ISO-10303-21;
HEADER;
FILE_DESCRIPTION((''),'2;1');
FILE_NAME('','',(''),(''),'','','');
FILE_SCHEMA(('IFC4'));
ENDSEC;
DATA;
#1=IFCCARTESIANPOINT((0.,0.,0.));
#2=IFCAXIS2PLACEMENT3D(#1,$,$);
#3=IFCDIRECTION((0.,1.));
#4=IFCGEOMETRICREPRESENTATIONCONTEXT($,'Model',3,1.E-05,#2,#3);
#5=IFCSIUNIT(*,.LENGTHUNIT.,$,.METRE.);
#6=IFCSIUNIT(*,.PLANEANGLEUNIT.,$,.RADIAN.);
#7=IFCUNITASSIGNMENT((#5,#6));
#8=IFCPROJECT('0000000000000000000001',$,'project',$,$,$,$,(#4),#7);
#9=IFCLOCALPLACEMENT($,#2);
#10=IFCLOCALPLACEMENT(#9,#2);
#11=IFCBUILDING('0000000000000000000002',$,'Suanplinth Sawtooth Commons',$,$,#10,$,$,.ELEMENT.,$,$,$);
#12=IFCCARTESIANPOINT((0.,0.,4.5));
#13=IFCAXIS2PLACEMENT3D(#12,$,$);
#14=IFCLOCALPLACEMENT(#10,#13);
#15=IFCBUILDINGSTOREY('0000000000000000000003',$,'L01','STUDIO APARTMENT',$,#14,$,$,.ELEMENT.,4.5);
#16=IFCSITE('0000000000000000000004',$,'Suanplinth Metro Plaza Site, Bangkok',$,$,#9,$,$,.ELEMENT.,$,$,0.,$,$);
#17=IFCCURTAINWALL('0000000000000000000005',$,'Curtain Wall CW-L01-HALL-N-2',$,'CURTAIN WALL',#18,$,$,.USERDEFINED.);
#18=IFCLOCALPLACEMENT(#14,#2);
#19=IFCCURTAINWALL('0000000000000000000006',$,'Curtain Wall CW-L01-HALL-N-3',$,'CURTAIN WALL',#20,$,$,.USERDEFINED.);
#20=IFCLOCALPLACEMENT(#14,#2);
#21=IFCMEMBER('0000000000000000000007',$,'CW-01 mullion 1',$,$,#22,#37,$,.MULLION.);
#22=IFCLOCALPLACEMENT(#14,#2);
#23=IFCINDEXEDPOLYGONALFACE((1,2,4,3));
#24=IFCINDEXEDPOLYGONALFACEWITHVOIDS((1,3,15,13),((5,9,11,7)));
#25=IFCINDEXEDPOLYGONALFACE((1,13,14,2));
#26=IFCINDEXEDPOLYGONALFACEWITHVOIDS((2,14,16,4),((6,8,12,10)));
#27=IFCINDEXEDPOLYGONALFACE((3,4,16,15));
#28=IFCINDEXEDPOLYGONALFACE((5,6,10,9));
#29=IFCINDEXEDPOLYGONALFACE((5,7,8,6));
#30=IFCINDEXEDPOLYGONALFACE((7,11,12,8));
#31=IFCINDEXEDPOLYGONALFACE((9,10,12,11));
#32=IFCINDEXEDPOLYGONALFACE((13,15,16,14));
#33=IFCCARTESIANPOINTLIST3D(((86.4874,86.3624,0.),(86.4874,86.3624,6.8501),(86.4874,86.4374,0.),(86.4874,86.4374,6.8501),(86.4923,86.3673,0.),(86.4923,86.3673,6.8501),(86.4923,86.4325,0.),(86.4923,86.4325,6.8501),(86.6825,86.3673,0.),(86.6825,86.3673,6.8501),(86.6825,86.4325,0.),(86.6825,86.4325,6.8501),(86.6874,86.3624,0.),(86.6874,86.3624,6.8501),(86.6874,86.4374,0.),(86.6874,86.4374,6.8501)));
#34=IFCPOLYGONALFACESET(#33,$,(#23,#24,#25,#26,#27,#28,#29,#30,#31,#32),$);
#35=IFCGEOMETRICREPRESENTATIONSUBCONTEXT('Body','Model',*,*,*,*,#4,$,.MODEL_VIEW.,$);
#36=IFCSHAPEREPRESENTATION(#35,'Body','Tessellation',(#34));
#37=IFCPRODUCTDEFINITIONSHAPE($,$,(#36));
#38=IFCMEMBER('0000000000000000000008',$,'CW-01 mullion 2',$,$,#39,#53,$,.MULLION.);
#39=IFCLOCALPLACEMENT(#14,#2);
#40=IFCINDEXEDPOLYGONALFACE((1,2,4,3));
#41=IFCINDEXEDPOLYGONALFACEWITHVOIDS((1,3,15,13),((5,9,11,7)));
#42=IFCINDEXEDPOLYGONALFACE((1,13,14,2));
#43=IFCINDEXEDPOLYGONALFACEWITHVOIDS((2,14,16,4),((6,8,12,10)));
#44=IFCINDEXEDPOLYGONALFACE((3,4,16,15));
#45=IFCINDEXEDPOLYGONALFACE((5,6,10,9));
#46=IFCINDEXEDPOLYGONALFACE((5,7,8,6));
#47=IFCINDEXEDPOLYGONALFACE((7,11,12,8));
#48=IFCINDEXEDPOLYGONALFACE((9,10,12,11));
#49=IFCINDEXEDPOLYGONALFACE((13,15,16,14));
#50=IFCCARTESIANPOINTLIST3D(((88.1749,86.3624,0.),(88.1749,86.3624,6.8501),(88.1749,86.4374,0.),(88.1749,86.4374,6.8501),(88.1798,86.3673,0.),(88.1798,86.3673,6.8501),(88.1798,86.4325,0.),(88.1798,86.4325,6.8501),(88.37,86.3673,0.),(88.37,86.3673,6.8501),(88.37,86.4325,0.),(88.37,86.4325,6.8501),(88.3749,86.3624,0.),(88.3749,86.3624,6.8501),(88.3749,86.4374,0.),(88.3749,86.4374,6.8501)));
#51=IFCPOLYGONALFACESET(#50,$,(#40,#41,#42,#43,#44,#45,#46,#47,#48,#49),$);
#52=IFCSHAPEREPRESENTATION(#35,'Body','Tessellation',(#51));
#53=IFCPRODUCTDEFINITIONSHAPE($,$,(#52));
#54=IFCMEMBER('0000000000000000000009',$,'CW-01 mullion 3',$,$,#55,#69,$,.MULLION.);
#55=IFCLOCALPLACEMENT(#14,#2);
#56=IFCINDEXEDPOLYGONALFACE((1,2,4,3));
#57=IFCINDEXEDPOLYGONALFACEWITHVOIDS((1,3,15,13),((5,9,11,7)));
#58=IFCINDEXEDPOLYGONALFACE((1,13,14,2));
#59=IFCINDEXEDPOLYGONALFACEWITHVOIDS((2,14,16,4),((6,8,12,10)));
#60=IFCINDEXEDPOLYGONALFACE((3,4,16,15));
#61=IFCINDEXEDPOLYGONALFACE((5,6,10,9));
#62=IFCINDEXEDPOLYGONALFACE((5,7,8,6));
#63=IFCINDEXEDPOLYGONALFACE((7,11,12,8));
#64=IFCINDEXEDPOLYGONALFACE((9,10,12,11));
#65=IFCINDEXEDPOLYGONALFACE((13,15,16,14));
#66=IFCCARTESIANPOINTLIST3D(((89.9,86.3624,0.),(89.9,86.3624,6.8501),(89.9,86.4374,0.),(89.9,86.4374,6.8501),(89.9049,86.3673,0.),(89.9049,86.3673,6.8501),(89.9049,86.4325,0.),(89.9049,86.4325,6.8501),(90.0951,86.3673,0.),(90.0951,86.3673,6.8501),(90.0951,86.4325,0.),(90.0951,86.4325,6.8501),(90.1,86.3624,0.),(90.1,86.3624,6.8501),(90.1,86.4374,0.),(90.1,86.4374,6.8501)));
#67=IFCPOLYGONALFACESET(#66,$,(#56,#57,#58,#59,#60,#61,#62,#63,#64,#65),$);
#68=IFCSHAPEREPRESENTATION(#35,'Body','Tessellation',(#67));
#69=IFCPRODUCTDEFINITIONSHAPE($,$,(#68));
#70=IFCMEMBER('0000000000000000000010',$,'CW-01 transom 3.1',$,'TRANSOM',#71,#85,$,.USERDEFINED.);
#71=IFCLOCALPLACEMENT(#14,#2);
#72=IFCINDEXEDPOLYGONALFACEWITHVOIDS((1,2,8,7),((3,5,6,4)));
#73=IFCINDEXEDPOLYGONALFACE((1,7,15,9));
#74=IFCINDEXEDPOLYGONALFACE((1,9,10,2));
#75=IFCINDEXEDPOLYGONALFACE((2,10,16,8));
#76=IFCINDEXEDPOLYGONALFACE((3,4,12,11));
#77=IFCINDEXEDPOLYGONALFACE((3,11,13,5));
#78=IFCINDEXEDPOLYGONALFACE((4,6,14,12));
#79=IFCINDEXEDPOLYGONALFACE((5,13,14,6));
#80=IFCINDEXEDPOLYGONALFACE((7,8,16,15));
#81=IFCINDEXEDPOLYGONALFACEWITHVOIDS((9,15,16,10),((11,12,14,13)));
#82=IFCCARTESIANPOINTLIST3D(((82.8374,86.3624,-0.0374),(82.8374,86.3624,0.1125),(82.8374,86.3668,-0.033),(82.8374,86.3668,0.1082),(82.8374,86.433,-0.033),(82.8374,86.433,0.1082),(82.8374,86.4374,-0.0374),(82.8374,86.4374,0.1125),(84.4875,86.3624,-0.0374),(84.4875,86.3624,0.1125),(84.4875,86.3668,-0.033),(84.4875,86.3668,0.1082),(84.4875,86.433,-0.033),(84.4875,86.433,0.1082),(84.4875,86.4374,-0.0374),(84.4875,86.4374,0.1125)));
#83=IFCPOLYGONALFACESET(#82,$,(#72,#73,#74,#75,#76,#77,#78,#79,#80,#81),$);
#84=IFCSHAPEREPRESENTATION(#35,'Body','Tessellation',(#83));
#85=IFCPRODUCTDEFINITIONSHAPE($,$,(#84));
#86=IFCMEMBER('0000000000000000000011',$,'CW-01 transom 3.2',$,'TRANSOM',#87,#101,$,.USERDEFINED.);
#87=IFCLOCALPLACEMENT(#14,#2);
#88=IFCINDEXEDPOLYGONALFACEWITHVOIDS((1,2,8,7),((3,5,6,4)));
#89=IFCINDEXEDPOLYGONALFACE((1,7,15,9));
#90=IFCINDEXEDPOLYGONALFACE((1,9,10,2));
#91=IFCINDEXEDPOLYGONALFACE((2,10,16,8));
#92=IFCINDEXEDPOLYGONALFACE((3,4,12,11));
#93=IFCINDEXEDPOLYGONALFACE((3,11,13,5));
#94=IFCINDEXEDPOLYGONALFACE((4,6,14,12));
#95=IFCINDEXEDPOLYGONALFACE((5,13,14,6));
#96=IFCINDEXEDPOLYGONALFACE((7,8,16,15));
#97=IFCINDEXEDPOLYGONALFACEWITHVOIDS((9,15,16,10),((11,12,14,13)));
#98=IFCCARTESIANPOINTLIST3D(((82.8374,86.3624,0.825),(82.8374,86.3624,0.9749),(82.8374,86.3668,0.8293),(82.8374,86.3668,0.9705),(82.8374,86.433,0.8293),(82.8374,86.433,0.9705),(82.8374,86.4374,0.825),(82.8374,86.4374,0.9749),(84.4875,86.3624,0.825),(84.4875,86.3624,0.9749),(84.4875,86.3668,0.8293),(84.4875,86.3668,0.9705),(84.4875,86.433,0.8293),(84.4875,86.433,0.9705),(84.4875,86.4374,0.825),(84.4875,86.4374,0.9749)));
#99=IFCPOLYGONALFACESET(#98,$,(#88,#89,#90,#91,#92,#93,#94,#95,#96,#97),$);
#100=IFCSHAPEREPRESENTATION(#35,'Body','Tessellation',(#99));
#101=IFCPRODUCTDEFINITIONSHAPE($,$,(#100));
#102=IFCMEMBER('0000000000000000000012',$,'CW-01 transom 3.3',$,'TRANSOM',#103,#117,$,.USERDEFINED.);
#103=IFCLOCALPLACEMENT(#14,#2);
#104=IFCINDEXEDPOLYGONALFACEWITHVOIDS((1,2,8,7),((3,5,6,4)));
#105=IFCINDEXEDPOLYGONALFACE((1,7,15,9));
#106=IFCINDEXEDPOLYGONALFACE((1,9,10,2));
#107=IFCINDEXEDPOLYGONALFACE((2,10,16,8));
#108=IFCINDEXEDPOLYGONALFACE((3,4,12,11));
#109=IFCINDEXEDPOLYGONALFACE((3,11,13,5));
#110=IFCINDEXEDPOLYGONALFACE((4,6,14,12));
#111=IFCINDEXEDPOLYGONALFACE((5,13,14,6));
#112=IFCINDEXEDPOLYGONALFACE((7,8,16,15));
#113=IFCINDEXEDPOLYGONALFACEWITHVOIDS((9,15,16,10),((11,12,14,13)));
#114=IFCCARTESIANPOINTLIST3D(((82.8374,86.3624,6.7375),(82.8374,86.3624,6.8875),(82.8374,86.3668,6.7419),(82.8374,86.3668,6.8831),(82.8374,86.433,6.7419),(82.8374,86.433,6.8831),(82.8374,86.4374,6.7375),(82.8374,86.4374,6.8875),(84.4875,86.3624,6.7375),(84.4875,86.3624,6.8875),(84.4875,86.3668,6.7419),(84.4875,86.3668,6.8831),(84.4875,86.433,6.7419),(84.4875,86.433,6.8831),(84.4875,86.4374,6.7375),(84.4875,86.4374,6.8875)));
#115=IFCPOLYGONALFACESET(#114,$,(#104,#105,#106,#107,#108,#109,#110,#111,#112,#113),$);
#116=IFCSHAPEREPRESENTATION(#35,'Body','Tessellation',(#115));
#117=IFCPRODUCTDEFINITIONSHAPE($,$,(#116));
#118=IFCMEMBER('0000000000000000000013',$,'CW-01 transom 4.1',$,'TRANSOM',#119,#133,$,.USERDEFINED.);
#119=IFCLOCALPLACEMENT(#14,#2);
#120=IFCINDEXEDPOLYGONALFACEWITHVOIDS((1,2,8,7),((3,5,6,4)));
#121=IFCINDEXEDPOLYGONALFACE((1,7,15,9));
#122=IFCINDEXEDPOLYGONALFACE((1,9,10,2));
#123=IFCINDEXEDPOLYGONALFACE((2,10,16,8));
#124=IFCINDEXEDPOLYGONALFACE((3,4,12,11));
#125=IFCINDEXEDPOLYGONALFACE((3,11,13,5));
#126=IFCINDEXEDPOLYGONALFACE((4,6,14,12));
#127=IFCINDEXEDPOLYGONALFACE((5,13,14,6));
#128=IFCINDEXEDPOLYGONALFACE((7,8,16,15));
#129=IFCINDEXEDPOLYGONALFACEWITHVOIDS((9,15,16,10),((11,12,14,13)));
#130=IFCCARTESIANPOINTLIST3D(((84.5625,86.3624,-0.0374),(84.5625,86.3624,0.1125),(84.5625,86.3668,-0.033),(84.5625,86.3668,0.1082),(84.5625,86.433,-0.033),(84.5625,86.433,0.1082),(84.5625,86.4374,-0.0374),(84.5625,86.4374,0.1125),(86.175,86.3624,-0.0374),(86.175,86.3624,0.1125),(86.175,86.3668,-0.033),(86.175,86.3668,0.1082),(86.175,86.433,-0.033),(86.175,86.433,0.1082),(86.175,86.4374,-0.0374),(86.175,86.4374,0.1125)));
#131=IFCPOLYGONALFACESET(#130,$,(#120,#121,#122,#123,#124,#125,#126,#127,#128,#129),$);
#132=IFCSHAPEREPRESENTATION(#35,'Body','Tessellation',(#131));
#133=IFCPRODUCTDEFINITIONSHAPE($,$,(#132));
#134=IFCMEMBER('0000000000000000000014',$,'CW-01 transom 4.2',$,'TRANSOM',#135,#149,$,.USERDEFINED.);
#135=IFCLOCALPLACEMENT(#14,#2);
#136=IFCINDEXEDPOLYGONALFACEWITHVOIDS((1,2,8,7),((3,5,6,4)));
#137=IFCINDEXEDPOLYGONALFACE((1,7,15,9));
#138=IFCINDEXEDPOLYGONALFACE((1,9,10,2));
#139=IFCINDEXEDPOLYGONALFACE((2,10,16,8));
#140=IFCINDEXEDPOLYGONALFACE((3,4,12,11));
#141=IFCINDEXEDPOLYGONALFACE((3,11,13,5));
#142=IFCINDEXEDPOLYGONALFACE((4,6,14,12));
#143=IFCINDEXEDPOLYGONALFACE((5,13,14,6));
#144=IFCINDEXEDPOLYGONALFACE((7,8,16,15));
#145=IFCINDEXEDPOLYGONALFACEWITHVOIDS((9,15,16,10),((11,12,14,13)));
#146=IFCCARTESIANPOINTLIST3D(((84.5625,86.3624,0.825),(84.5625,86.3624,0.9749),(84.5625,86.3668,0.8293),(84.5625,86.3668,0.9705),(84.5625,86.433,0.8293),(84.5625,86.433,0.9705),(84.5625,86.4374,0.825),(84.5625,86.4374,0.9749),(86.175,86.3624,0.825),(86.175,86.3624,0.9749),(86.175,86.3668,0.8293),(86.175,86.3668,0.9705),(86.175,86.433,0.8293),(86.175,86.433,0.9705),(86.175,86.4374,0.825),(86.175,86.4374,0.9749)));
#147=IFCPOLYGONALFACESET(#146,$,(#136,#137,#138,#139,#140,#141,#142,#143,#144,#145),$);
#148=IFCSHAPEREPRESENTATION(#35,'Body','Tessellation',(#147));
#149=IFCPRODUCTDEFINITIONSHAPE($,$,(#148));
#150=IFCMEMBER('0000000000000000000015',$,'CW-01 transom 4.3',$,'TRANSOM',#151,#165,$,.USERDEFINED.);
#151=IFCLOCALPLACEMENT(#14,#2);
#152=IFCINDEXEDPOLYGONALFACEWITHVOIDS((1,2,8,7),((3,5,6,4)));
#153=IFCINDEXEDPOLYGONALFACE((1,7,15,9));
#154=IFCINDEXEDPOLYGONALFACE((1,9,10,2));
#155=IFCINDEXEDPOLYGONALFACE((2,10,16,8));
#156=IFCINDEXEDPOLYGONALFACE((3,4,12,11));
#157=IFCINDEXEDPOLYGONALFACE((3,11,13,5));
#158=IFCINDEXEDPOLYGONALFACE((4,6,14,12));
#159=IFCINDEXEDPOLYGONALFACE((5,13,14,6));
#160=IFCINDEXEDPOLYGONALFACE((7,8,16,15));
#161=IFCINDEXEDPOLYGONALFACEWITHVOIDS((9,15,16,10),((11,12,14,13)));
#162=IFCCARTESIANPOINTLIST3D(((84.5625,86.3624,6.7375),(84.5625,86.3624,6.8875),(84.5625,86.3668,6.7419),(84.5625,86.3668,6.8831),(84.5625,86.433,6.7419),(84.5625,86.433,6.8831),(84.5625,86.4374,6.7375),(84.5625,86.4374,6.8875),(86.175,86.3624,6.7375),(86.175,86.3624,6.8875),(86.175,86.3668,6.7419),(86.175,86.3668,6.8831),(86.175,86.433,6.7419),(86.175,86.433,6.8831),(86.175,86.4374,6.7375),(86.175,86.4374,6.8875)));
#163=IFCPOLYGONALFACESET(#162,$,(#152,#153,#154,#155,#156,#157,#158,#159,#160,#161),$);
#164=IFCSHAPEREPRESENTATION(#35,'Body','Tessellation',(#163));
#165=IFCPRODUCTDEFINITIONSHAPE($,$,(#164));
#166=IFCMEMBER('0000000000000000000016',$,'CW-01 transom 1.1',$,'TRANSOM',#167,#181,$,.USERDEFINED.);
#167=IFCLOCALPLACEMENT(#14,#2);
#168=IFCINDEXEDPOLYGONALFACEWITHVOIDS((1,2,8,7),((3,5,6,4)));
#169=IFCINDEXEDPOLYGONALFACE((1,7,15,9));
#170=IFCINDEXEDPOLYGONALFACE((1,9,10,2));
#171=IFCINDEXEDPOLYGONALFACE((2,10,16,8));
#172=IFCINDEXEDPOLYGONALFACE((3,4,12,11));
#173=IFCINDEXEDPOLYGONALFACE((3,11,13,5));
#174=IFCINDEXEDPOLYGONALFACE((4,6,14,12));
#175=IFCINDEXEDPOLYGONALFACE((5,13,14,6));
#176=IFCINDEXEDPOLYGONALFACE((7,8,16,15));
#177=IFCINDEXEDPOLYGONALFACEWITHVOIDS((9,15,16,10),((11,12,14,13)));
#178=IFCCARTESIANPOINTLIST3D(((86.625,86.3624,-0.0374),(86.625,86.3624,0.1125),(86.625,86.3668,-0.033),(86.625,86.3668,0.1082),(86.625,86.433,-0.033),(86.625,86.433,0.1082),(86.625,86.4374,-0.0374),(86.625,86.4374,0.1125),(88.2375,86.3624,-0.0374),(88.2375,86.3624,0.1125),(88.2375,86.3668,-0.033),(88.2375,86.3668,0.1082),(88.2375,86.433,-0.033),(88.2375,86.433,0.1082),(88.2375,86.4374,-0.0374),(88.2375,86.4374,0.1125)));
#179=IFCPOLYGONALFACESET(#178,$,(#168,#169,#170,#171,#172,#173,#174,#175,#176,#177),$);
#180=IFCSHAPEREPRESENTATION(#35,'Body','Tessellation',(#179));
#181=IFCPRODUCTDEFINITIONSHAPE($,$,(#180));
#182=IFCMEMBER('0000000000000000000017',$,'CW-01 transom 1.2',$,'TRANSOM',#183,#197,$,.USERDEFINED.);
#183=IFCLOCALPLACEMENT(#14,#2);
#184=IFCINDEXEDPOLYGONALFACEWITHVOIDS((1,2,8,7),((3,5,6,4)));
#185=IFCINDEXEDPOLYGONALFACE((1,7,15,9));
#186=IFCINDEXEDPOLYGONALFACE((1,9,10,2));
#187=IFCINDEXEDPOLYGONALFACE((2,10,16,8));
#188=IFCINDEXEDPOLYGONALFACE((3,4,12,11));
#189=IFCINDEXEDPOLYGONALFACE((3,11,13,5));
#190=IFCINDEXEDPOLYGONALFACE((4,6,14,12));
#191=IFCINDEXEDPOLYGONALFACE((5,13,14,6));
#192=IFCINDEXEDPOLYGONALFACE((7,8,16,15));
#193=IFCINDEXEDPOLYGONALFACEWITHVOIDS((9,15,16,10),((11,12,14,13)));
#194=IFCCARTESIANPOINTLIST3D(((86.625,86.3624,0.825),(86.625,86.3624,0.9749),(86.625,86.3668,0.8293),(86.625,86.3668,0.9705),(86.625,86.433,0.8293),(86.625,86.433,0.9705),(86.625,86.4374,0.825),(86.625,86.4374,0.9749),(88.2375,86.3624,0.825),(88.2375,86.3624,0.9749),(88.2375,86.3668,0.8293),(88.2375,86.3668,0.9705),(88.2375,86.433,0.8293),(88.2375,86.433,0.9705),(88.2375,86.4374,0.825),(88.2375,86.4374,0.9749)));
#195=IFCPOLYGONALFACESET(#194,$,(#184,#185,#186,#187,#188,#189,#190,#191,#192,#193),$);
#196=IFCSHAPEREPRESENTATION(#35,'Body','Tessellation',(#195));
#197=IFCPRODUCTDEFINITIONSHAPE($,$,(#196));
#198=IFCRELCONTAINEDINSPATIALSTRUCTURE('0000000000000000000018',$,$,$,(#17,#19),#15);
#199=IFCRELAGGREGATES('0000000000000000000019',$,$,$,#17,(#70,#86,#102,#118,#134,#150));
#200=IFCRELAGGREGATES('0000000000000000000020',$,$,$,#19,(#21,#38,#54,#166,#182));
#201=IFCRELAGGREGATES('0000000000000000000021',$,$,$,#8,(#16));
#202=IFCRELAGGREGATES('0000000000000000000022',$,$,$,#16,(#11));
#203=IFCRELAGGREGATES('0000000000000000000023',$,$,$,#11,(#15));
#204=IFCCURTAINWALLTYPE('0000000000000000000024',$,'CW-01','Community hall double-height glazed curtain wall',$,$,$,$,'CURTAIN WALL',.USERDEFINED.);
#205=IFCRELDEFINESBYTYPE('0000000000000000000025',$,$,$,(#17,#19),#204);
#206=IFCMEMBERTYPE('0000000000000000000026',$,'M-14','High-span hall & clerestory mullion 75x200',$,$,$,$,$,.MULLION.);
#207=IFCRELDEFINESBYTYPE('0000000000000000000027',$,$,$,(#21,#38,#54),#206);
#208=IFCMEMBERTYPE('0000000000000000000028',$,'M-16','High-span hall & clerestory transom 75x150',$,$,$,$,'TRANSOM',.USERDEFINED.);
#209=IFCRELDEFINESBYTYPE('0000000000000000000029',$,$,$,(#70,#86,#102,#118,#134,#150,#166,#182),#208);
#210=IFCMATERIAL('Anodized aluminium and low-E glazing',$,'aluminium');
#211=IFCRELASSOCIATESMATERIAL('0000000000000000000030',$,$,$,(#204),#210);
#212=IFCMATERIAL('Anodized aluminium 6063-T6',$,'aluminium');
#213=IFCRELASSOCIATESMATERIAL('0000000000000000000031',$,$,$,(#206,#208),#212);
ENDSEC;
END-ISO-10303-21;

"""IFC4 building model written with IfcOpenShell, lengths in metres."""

from ifc_helpers import new_model, si_unit, direction, frame, origin, origin_2d, place, context, subcontext, project, spatial, hollow_rectangle, extrude, material, material_profile, profile_set, type_object, element, aggregate, save


model = new_model("IFC4")

# Units and contexts
model_context = context("Model", 3, precision=1e-05, world=origin(), true_north=direction((0.0, 1.0)))
body_context = subcontext(model_context, "Body", "Model", "MODEL_VIEW")
ifc_project = project(units=[si_unit("LENGTHUNIT", "METRE"), si_unit("PLANEANGLEUNIT", "RADIAN")], contexts=[model_context])

# Site, building, storey
site_placement = place(None, origin())
site = spatial("IfcSite", under=ifc_project, at=site_placement, Name="Suanplinth Metro Plaza Site, Bangkok", CompositionType="ELEMENT", RefElevation=0.0)
building_placement = place(site_placement, origin())
building = spatial("IfcBuilding", under=site, at=building_placement, Name="Suanplinth Sawtooth Commons", CompositionType="ELEMENT")
storey_placement = place(building_placement, frame((0.0, 0.0, 4.5)))
storey = spatial("IfcBuildingStorey", under=building, at=storey_placement, Name="L01", Description="STUDIO APARTMENT", CompositionType="ELEMENT", Elevation=4.5)

# Curtain walls, members
ifc_material_1 = material(Name="Anodized aluminium and low-E glazing", Category="aluminium")
curtain_wall_type = type_object("IfcCurtainWallType", Name="CW-01", Description="Community hall double-height glazed curtain wall", ElementType="CURTAIN WALL", PredefinedType="USERDEFINED", material=ifc_material_1)
curtain_wall_1_placement = place(storey_placement, origin())
curtain_wall_1 = element("IfcCurtainWall", 1, at=curtain_wall_1_placement, inside=storey, type_object=curtain_wall_type, Name="Curtain Wall CW-L01-HALL-N-2", ObjectType="CURTAIN WALL", PredefinedType="USERDEFINED")
ifc_material_2 = material(Name="Anodized aluminium 6063-T6", Category="aluminium")
ifc_material_profile_1 = material_profile(ifc_material_2, hollow_rectangle(XDim=0.075, YDim=0.2, WallThickness=0.0049, at=origin_2d()), Name="ALU-MUL 75x200")
ifc_profile_set_1 = profile_set([ifc_material_profile_1], Name="Anodized aluminium 6063-T6")
member_type_1 = type_object("IfcMemberType", Name="M-14", Description="High-span hall & clerestory mullion 75x200", PredefinedType="MULLION", material=ifc_profile_set_1)
curtain_wall_2_placement = place(storey_placement, origin())
curtain_wall_2 = element("IfcCurtainWall", 2, at=curtain_wall_2_placement, inside=storey, type_object=curtain_wall_type, Name="Curtain Wall CW-L01-HALL-N-3", ObjectType="CURTAIN WALL", PredefinedType="USERDEFINED")
member_1_placement = place(storey_placement, frame((86.5874, 86.3999, 0.0), z_axis=(0.0, 0.0, 1.0), x_axis=(0.0, 1.0, 0.0)))
member_1 = element("IfcMember", 3, at=member_1_placement, type_object=member_type_1, Name="CW-01 mullion 1", PredefinedType="MULLION", context=body_context, shape_type="SweptSolid", body=[
    extrude(hollow_rectangle(XDim=0.075, YDim=0.2, WallThickness=0.0049, at=origin_2d()), origin(), (0.0, 0.0, 1.0), 6.8501),
])
member_2_placement = place(storey_placement, frame((88.2749, 86.3999, 0.0), z_axis=(0.0, 0.0, 1.0), x_axis=(0.0, 1.0, 0.0)))
member_2 = element("IfcMember", 4, at=member_2_placement, type_object=member_type_1, Name="CW-01 mullion 2", PredefinedType="MULLION", context=body_context, shape_type="SweptSolid", body=[
    extrude(hollow_rectangle(XDim=0.075, YDim=0.2, WallThickness=0.0049, at=origin_2d()), origin(), (0.0, 0.0, 1.0), 6.8501),
])
member_3_placement = place(storey_placement, frame((90.0, 86.3999, 0.0), z_axis=(0.0, 0.0, 1.0), x_axis=(0.0, 1.0, 0.0)))
member_3 = element("IfcMember", 5, at=member_3_placement, type_object=member_type_1, Name="CW-01 mullion 3", PredefinedType="MULLION", context=body_context, shape_type="SweptSolid", body=[
    extrude(hollow_rectangle(XDim=0.075, YDim=0.2, WallThickness=0.0049, at=origin_2d()), origin(), (0.0, 0.0, 1.0), 6.8501),
])

# Members
ifc_material_profile_2 = material_profile(ifc_material_2, hollow_rectangle(XDim=0.075, YDim=0.1499, WallThickness=0.0044, at=origin_2d()), Name="ALU-TRN 75x150")
ifc_profile_set_2 = profile_set([ifc_material_profile_2], Name="Anodized aluminium 6063-T6")
member_type_2 = type_object("IfcMemberType", Name="M-16", Description="High-span hall & clerestory transom 75x150", ElementType="TRANSOM", PredefinedType="USERDEFINED", material=ifc_profile_set_2)
member_4_placement = place(storey_placement, frame((82.8374, 86.3999, 0.0376), z_axis=(1.0, 0.0, 0.0), x_axis=(0.0, 1.0, 0.0)))
member_4 = element("IfcMember", 6, at=member_4_placement, type_object=member_type_2, Name="CW-01 transom 3.1", ObjectType="TRANSOM", PredefinedType="USERDEFINED", context=body_context, shape_type="SweptSolid", body=[
    extrude(hollow_rectangle(XDim=0.075, YDim=0.1499, WallThickness=0.0044, at=origin_2d()), origin(), (0.0, 0.0, 1.0), 1.6501),
])
member_5_placement = place(storey_placement, frame((82.8374, 86.3999, 0.8999), z_axis=(1.0, 0.0, 0.0), x_axis=(0.0, 1.0, 0.0)))
member_5 = element("IfcMember", 7, at=member_5_placement, type_object=member_type_2, Name="CW-01 transom 3.2", ObjectType="TRANSOM", PredefinedType="USERDEFINED", context=body_context, shape_type="SweptSolid", body=[
    extrude(hollow_rectangle(XDim=0.075, YDim=0.1499, WallThickness=0.0044, at=origin_2d()), origin(), (0.0, 0.0, 1.0), 1.6501),
])
member_6_placement = place(storey_placement, frame((82.8374, 86.3999, 6.8125), z_axis=(1.0, 0.0, 0.0), x_axis=(0.0, 1.0, 0.0)))
member_6 = element("IfcMember", 8, at=member_6_placement, type_object=member_type_2, Name="CW-01 transom 3.3", ObjectType="TRANSOM", PredefinedType="USERDEFINED", context=body_context, shape_type="SweptSolid", body=[
    extrude(hollow_rectangle(XDim=0.075, YDim=0.1499, WallThickness=0.0044, at=origin_2d()), origin(), (0.0, 0.0, 1.0), 1.6501),
])
member_7_placement = place(storey_placement, frame((84.5625, 86.3999, 0.0376), z_axis=(1.0, 0.0, 0.0), x_axis=(0.0, 1.0, 0.0)))
member_7 = element("IfcMember", 9, at=member_7_placement, type_object=member_type_2, Name="CW-01 transom 4.1", ObjectType="TRANSOM", PredefinedType="USERDEFINED", context=body_context, shape_type="SweptSolid", body=[
    extrude(hollow_rectangle(XDim=0.075, YDim=0.1499, WallThickness=0.0044, at=origin_2d()), origin(), (0.0, 0.0, 1.0), 1.6125),
])
member_8_placement = place(storey_placement, frame((84.5625, 86.3999, 0.8999), z_axis=(1.0, 0.0, 0.0), x_axis=(0.0, 1.0, 0.0)))
member_8 = element("IfcMember", 10, at=member_8_placement, type_object=member_type_2, Name="CW-01 transom 4.2", ObjectType="TRANSOM", PredefinedType="USERDEFINED", context=body_context, shape_type="SweptSolid", body=[
    extrude(hollow_rectangle(XDim=0.075, YDim=0.1499, WallThickness=0.0044, at=origin_2d()), origin(), (0.0, 0.0, 1.0), 1.6125),
])
member_9_placement = place(storey_placement, frame((84.5625, 86.3999, 6.8125), z_axis=(1.0, 0.0, 0.0), x_axis=(0.0, 1.0, 0.0)))
member_9 = element("IfcMember", 11, at=member_9_placement, type_object=member_type_2, Name="CW-01 transom 4.3", ObjectType="TRANSOM", PredefinedType="USERDEFINED", context=body_context, shape_type="SweptSolid", body=[
    extrude(hollow_rectangle(XDim=0.075, YDim=0.1499, WallThickness=0.0044, at=origin_2d()), origin(), (0.0, 0.0, 1.0), 1.6125),
])
member_10_placement = place(storey_placement, frame((86.625, 86.3999, 0.0376), z_axis=(1.0, 0.0, 0.0), x_axis=(0.0, 1.0, 0.0)))
member_10 = element("IfcMember", 12, at=member_10_placement, type_object=member_type_2, Name="CW-01 transom 1.1", ObjectType="TRANSOM", PredefinedType="USERDEFINED", context=body_context, shape_type="SweptSolid", body=[
    extrude(hollow_rectangle(XDim=0.075, YDim=0.1499, WallThickness=0.0044, at=origin_2d()), origin(), (0.0, 0.0, 1.0), 1.6125),
])
member_11_placement = place(storey_placement, frame((86.625, 86.3999, 0.8999), z_axis=(1.0, 0.0, 0.0), x_axis=(0.0, 1.0, 0.0)))
member_11 = element("IfcMember", 13, at=member_11_placement, type_object=member_type_2, Name="CW-01 transom 1.2", ObjectType="TRANSOM", PredefinedType="USERDEFINED", context=body_context, shape_type="SweptSolid", body=[
    extrude(hollow_rectangle(XDim=0.075, YDim=0.1499, WallThickness=0.0044, at=origin_2d()), origin(), (0.0, 0.0, 1.0), 1.6125),
])

aggregate(curtain_wall_1, [member_4, member_5, member_6, member_7, member_8, member_9])
aggregate(curtain_wall_2, [member_1, member_2, member_3, member_10, member_11])

save(model, "model.ifc")
